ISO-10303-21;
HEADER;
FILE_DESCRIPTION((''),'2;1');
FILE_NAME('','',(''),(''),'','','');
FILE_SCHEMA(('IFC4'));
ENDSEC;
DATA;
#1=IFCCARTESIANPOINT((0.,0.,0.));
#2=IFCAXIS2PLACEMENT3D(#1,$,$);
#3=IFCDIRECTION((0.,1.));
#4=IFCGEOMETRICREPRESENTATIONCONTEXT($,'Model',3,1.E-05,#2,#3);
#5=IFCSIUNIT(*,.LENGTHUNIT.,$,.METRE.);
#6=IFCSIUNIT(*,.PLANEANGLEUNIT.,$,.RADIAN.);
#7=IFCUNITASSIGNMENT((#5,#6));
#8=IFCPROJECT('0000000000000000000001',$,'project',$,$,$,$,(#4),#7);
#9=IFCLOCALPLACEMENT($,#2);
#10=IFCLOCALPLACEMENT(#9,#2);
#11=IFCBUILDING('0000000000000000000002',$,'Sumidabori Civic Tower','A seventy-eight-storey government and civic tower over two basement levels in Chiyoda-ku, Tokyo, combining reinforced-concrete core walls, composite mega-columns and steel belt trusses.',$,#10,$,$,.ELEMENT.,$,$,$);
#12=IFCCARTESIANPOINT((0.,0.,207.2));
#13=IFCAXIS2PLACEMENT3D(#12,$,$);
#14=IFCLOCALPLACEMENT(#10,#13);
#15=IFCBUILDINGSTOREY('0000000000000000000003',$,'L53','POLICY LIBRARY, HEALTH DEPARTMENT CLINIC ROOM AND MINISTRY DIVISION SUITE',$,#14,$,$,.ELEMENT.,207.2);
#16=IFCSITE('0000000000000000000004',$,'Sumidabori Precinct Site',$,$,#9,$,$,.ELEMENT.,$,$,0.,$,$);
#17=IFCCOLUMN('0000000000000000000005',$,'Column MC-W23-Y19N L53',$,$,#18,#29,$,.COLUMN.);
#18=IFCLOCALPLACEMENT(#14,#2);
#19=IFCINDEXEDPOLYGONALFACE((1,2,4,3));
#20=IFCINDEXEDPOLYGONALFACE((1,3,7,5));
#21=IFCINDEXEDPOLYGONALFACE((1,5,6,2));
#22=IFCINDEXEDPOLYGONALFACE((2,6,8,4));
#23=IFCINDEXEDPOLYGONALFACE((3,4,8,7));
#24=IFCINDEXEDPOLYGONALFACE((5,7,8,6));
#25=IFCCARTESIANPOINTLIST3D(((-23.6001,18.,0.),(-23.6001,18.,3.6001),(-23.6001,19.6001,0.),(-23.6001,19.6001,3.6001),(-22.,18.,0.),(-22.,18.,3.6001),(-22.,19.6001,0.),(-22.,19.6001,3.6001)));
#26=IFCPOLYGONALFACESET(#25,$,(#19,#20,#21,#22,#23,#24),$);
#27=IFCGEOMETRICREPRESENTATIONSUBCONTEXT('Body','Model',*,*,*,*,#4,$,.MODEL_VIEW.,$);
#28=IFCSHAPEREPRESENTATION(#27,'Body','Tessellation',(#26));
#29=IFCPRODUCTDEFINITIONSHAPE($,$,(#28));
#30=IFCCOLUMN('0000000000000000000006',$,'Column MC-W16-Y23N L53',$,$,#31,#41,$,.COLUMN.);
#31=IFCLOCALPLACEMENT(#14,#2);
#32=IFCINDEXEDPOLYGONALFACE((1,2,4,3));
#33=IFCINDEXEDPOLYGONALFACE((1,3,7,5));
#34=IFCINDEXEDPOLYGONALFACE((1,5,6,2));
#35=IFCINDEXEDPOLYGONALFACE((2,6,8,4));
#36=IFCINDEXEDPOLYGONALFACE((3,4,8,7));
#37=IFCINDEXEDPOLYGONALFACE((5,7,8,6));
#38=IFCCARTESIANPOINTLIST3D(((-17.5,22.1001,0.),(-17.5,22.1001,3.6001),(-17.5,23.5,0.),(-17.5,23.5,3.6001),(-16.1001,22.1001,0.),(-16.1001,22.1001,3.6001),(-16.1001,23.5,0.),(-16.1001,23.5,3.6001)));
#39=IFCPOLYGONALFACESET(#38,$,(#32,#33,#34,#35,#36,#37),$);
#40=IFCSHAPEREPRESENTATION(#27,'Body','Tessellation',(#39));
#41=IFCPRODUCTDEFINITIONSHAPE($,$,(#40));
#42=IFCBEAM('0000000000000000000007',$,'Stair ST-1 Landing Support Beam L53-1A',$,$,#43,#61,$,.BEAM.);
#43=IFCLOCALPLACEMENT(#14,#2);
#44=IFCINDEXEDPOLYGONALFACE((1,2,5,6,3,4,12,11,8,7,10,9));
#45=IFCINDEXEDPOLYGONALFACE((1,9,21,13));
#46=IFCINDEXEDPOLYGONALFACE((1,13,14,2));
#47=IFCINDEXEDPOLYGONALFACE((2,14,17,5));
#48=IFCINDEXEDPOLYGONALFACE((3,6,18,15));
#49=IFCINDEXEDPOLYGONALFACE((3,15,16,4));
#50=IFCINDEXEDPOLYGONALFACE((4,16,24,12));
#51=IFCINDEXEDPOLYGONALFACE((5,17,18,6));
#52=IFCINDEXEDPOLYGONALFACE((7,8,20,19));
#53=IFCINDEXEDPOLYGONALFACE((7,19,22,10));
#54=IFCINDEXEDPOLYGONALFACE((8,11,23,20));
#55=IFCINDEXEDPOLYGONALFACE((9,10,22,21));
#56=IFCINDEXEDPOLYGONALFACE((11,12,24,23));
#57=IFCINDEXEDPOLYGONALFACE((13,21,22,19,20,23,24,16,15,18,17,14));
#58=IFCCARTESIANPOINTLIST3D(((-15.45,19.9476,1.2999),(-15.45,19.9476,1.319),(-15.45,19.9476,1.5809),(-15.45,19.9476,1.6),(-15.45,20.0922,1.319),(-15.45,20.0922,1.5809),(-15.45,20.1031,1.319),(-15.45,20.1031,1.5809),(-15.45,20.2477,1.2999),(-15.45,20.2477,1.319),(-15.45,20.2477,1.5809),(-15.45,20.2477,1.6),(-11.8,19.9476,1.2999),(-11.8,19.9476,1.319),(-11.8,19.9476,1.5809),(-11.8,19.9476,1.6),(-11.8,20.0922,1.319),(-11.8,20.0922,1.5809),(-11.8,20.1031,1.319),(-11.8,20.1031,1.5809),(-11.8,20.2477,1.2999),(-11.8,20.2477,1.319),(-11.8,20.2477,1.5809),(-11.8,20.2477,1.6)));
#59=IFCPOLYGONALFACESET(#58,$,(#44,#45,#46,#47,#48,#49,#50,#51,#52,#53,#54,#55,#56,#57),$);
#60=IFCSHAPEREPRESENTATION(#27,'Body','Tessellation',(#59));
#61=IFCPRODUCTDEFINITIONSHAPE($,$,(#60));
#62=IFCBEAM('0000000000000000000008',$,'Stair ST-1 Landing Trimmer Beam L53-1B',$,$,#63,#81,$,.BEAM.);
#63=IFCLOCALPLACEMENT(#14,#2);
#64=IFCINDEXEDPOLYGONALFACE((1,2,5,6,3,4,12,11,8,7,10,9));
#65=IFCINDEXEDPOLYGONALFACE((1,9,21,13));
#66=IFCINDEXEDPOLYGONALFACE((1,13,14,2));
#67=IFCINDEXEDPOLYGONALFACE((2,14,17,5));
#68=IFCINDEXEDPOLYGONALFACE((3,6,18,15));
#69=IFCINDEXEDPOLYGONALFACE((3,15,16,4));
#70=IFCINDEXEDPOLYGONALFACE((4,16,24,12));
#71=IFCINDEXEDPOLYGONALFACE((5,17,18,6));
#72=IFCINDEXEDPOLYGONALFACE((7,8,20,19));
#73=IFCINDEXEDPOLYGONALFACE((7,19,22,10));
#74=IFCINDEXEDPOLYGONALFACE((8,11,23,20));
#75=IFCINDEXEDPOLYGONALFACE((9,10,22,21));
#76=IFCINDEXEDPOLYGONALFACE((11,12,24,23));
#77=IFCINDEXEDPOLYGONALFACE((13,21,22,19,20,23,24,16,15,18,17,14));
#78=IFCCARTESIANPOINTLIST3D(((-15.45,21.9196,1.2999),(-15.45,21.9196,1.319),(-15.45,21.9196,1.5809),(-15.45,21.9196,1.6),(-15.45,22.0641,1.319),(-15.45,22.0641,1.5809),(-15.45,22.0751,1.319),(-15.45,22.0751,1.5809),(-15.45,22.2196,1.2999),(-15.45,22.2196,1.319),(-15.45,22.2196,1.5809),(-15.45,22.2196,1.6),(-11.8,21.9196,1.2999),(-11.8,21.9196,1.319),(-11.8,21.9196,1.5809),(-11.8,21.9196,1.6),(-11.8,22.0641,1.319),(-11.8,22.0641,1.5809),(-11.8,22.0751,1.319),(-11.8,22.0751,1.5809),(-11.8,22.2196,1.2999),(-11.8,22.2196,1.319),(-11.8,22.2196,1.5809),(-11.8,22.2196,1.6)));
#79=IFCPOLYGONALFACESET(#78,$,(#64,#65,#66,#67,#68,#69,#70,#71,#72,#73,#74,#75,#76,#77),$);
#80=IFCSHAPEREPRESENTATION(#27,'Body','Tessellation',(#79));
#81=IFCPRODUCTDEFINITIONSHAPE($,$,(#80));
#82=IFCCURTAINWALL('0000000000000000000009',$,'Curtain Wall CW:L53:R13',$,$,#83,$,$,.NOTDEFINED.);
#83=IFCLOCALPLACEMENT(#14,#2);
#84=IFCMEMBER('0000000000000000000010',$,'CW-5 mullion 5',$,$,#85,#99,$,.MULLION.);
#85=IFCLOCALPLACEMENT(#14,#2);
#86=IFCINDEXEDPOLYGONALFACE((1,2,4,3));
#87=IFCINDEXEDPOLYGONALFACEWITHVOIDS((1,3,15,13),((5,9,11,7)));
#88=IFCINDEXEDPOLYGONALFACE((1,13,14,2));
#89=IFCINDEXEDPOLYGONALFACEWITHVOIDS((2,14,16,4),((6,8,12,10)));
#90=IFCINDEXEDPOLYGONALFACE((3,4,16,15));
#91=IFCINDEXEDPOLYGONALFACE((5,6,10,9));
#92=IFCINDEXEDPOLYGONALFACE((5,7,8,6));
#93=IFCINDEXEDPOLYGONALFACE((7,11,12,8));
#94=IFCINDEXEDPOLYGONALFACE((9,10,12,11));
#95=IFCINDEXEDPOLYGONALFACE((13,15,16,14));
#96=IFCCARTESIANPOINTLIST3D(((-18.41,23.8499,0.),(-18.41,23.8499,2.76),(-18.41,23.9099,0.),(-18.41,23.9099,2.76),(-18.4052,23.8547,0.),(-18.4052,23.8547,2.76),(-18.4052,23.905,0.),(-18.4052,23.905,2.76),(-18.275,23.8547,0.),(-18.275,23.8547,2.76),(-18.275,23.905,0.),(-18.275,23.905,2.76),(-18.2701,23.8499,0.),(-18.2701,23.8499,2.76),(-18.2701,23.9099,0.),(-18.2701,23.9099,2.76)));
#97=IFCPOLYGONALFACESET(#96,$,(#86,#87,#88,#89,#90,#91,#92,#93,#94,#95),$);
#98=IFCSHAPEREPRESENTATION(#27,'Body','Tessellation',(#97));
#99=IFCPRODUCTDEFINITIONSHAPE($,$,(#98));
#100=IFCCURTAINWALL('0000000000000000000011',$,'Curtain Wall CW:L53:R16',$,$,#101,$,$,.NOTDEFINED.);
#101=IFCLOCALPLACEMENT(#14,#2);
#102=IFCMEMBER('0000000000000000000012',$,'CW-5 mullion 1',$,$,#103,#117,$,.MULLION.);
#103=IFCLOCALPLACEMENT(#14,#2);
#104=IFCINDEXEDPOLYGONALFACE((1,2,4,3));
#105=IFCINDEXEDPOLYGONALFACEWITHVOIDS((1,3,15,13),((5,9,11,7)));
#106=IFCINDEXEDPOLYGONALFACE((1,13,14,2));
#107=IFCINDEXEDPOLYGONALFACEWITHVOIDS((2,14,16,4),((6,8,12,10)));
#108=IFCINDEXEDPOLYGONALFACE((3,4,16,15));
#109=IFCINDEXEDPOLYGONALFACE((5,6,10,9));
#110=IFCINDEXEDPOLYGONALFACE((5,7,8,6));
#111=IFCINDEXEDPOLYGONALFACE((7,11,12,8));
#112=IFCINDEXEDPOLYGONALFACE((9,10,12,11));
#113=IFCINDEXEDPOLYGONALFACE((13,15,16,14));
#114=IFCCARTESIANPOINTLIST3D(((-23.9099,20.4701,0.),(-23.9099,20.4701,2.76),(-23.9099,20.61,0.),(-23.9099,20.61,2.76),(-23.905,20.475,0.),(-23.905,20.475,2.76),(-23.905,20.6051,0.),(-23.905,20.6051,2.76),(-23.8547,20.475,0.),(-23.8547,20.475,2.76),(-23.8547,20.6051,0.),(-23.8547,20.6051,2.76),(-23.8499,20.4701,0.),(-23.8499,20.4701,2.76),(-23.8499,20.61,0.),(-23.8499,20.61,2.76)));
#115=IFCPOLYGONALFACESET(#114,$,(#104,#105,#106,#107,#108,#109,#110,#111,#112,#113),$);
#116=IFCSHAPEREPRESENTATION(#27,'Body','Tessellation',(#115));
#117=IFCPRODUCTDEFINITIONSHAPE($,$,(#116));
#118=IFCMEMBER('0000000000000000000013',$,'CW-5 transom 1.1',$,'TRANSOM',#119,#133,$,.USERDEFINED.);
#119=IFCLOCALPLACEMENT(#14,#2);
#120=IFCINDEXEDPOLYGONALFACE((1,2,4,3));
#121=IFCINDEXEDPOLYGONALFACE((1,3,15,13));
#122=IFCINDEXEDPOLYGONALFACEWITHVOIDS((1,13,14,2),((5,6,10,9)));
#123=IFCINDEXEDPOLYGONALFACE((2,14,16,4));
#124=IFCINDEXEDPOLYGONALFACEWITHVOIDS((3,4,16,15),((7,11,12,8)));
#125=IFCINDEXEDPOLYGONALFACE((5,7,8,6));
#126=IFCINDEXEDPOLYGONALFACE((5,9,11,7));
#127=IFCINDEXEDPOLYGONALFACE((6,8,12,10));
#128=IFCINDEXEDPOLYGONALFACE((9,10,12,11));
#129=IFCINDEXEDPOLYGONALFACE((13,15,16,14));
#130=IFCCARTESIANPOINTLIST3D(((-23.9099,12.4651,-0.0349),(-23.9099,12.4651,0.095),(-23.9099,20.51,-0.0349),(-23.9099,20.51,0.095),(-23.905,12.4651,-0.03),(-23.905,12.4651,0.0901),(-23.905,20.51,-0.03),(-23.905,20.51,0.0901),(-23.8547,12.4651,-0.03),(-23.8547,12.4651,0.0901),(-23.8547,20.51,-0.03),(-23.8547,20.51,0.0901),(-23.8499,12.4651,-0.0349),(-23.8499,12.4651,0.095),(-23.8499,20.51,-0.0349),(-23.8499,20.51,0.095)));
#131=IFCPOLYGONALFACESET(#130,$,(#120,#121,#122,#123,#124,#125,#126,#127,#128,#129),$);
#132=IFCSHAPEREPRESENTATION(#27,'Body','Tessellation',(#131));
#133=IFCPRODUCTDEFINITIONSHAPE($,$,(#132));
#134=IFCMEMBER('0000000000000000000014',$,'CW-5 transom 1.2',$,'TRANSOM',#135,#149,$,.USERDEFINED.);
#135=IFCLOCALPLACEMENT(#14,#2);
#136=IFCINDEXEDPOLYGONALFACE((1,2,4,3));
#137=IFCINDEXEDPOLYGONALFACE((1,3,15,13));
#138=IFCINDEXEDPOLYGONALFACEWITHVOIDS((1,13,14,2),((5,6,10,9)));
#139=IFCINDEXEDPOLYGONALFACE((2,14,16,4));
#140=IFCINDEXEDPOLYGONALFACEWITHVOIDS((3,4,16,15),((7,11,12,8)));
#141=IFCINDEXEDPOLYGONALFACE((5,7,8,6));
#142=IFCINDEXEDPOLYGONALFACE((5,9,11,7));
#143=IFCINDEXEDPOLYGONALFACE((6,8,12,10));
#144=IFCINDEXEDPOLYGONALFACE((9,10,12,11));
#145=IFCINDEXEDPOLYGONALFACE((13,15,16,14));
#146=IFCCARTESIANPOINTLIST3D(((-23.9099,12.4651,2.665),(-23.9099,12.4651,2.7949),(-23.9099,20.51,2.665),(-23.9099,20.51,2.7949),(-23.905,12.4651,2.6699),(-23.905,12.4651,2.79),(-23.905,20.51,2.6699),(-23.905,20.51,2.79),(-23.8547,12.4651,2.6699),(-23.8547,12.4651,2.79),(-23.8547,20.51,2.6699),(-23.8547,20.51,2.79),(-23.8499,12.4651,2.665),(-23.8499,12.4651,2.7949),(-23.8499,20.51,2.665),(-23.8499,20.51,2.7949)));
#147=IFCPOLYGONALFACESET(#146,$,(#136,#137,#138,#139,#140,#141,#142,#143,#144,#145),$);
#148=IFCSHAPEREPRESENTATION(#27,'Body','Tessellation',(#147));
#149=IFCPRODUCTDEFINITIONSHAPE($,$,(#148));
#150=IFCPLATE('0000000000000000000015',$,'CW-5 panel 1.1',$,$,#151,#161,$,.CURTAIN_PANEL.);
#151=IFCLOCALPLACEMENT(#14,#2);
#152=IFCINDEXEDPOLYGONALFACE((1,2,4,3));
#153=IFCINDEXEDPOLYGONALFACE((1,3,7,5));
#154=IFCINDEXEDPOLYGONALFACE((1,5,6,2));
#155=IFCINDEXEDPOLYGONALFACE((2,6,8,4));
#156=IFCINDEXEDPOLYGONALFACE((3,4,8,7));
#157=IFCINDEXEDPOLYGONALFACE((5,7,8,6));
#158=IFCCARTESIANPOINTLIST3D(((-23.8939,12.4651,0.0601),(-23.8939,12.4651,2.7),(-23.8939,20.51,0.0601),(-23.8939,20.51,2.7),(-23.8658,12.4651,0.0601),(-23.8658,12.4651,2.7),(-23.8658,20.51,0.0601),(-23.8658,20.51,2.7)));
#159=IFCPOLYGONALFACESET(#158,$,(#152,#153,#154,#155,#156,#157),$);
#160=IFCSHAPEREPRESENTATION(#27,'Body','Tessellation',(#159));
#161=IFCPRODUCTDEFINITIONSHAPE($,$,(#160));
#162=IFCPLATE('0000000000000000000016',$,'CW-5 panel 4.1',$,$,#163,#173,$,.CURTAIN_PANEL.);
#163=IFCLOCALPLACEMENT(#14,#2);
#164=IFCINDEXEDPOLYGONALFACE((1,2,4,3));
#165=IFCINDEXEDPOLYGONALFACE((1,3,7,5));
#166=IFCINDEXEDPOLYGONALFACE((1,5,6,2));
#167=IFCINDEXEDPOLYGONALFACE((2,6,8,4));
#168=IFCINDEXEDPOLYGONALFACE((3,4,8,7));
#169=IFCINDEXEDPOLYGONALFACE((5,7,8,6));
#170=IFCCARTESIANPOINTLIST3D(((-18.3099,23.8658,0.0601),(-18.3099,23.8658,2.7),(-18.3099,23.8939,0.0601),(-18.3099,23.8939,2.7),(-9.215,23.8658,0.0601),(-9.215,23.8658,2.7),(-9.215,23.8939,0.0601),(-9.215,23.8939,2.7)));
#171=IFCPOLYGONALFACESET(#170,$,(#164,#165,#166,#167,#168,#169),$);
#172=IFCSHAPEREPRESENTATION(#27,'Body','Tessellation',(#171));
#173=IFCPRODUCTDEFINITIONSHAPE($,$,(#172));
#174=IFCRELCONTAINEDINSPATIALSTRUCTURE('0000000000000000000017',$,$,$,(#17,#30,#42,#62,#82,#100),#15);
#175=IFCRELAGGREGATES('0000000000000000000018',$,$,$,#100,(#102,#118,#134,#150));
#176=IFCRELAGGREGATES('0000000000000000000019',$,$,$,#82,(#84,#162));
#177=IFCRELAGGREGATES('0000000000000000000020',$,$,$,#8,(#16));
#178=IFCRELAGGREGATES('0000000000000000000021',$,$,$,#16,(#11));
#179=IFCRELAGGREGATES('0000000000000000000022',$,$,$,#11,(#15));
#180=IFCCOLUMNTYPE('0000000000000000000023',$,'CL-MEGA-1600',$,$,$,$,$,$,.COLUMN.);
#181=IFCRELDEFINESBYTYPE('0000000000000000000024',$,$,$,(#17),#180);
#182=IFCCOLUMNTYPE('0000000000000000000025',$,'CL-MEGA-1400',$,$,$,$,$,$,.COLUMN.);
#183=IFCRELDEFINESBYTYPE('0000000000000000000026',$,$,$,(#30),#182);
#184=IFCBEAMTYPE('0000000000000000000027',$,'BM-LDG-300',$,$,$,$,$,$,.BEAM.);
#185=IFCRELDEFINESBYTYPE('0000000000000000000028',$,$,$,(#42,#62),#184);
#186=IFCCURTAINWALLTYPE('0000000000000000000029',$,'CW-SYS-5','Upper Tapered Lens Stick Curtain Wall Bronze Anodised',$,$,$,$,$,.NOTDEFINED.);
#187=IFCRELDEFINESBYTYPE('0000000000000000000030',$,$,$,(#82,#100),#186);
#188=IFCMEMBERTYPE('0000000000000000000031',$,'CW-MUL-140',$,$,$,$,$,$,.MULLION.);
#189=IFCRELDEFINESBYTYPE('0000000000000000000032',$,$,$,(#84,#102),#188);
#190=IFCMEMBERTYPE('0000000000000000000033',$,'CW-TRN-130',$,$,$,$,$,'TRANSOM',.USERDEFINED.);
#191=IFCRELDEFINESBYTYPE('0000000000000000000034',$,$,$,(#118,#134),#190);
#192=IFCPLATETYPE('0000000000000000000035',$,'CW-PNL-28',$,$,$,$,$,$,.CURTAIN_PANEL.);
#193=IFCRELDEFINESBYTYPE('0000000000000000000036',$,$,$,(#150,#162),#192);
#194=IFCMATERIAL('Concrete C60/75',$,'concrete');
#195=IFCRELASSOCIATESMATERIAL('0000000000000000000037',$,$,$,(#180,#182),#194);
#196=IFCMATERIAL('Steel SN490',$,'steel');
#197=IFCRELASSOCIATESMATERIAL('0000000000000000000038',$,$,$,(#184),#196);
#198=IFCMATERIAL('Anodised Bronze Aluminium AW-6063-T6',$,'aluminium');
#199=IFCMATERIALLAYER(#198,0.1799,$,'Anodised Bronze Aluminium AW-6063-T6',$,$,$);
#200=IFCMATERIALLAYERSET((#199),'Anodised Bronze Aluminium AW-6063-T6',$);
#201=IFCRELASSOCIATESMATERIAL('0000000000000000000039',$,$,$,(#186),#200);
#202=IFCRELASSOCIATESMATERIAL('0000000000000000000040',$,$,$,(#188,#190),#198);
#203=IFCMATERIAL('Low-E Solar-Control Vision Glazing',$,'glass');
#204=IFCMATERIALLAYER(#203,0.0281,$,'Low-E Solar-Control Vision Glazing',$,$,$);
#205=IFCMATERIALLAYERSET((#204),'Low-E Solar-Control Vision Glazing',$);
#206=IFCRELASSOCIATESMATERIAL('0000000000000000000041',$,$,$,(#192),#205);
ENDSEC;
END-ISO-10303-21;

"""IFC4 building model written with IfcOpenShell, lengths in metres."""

from ifc_helpers import new_model, si_unit, direction, frame, origin, origin_2d, place, context, subcontext, project, spatial, rectangle, hollow_rectangle, i_section, extrude, source, transform, mapped, material, layer, layer_set, material_profile, profile_set, type_object, element, aggregate, save


model = new_model("IFC4")

# Units and contexts
model_context = context("Model", 3, precision=1e-05, world=origin(), true_north=direction((0.0, 1.0)))
body_context = subcontext(model_context, "Body", "Model", "MODEL_VIEW")
ifc_project = project(units=[si_unit("LENGTHUNIT", "METRE"), si_unit("PLANEANGLEUNIT", "RADIAN")], contexts=[model_context])

# Site, building, storey
site_placement = place(None, origin())
site = spatial("IfcSite", under=ifc_project, at=site_placement, Name="Sumidabori Precinct Site", CompositionType="ELEMENT", RefElevation=0.0)
building_placement = place(site_placement, origin())
building = spatial("IfcBuilding", under=site, at=building_placement, Name="Sumidabori Civic Tower", Description="A seventy-eight-storey government and civic tower over two basement levels in Chiyoda-ku, Tokyo, combining reinforced-concrete core walls, composite mega-columns and steel belt trusses.", CompositionType="ELEMENT")
storey_placement = place(building_placement, frame((0.0, 0.0, 207.2)))
storey = spatial("IfcBuildingStorey", under=building, at=storey_placement, Name="L53", Description="POLICY LIBRARY, HEALTH DEPARTMENT CLINIC ROOM AND MINISTRY DIVISION SUITE", CompositionType="ELEMENT", Elevation=207.2)

# Columns
ifc_material_1 = material(Name="Concrete C60/75", Category="concrete")
ifc_material_profile_1 = material_profile(ifc_material_1, rectangle(XDim=1.6001, YDim=1.6001, at=origin_2d()), Name="RC 1600x1600")
ifc_profile_set_1 = profile_set([ifc_material_profile_1], Name="Concrete C60/75")
column_type_1 = type_object("IfcColumnType", Name="CL-MEGA-1600", PredefinedType="COLUMN", material=ifc_profile_set_1)
shared_shape_1 = source(origin(), body_context, "Body", "SweptSolid", [
    extrude(rectangle(XDim=1.6001, YDim=1.6001, at=origin_2d()), origin(), (0.0, 0.0, 1.0), 3.6001),
])
column_1_placement = place(storey_placement, frame((-22.8, 18.8, 0.0), z_axis=(0.0, 0.0, 1.0), x_axis=(1.0, 0.0, 0.0)))
element("IfcColumn", 1, at=column_1_placement, inside=storey, type_object=column_type_1, Name="Column MC-W23-Y19N L53", PredefinedType="COLUMN", context=body_context, shape_type="MappedRepresentation", body=[
    mapped(shared_shape_1, transform((0.0, 0.0, 0.0), x_axis=(1.0, 0.0, 0.0), y_axis=(0.0, 1.0, 0.0), z_axis=(0.0, 0.0, 1.0), scale=1.0)),
])
ifc_material_profile_2 = material_profile(ifc_material_1, rectangle(XDim=1.3999, YDim=1.3999, at=origin_2d()), Name="RC 1400x1400")
ifc_profile_set_2 = profile_set([ifc_material_profile_2], Name="Concrete C60/75")
column_type_2 = type_object("IfcColumnType", Name="CL-MEGA-1400", PredefinedType="COLUMN", material=ifc_profile_set_2)
shared_shape_2 = source(origin(), body_context, "Body", "SweptSolid", [
    extrude(rectangle(XDim=1.3999, YDim=1.3999, at=origin_2d()), origin(), (0.0, 0.0, 1.0), 3.6001),
])
column_2_placement = place(storey_placement, frame((-16.8, 22.8, 0.0), z_axis=(0.0, 0.0, 1.0), x_axis=(1.0, 0.0, 0.0)))
element("IfcColumn", 2, at=column_2_placement, inside=storey, type_object=column_type_2, Name="Column MC-W16-Y23N L53", PredefinedType="COLUMN", context=body_context, shape_type="MappedRepresentation", body=[
    mapped(shared_shape_2, transform((0.0, 0.0, 0.0), x_axis=(1.0, 0.0, 0.0), y_axis=(0.0, 1.0, 0.0), z_axis=(0.0, 0.0, 1.0), scale=1.0)),
])

# Beams
ifc_material_2 = material(Name="Steel SN490", Category="steel")
ifc_material_profile_3 = material_profile(ifc_material_2, i_section(OverallWidth=0.3, OverallDepth=0.3, WebThickness=0.011, FlangeThickness=0.019, at=origin_2d()), Name="HE 300 B")
ifc_profile_set_3 = profile_set([ifc_material_profile_3], Name="Steel SN490")
beam_type = type_object("IfcBeamType", Name="BM-LDG-300", PredefinedType="BEAM", material=ifc_profile_set_3)
shared_shape_3 = source(origin(), body_context, "Body", "SweptSolid", [
    extrude(i_section(OverallWidth=0.3, OverallDepth=0.3, WebThickness=0.011, FlangeThickness=0.019, at=origin_2d()), origin(), (0.0, 0.0, 1.0), 3.6499),
])
for number, where, z_axis, x_axis, name in (
    (3, (-15.45, 20.0977, 1.45), (1.0, 0.0, 0.0), (0.0, 1.0, 0.0), "Stair ST-1 Landing Support Beam L53-1A"),
    (4, (-15.45, 22.0696, 1.45), (1.0, 0.0, 0.0), (0.0, 1.0, 0.0), "Stair ST-1 Landing Trimmer Beam L53-1B"),
):
    element("IfcBeam", number, at=place(storey_placement, frame(where, z_axis=z_axis, x_axis=x_axis)), inside=storey, type_object=beam_type, Name=name, PredefinedType="BEAM", context=body_context, shape_type="MappedRepresentation", body=[
        mapped(shared_shape_3, transform((0.0, 0.0, 0.0), x_axis=(1.0, 0.0, 0.0), y_axis=(0.0, 1.0, 0.0), z_axis=(0.0, 0.0, 1.0), scale=1.0)),
    ])

# Curtain wall, member
ifc_material_3 = material(Name="Anodised Bronze Aluminium AW-6063-T6", Category="aluminium")
ifc_layer_1 = layer(ifc_material_3, 0.1799, Name="Anodised Bronze Aluminium AW-6063-T6")
ifc_layer_set_1 = layer_set([ifc_layer_1], Name="Anodised Bronze Aluminium AW-6063-T6")
curtain_wall_type = type_object("IfcCurtainWallType", Name="CW-SYS-5", Description="Upper Tapered Lens Stick Curtain Wall Bronze Anodised", PredefinedType="NOTDEFINED", material=ifc_layer_set_1)
curtain_wall_1_placement = place(storey_placement, origin())
curtain_wall_1 = element("IfcCurtainWall", 5, at=curtain_wall_1_placement, inside=storey, type_object=curtain_wall_type, Name="Curtain Wall CW:L53:R13", PredefinedType="NOTDEFINED")
ifc_material_profile_4 = material_profile(ifc_material_3, hollow_rectangle(XDim=0.0601, YDim=0.1399, WallThickness=0.0049, at=origin_2d()), Name="ALU MULLION 140x60")
ifc_profile_set_4 = profile_set([ifc_material_profile_4], Name="Anodised Bronze Aluminium AW-6063-T6")
member_type_1 = type_object("IfcMemberType", Name="CW-MUL-140", PredefinedType="MULLION", material=ifc_profile_set_4)
shared_shape_4 = source(origin(), body_context, "Body", "SweptSolid", [
    extrude(hollow_rectangle(XDim=0.0601, YDim=0.1399, WallThickness=0.0049, at=origin_2d()), origin(), (0.0, 0.0, 1.0), 2.76),
])
member_1_placement = place(storey_placement, frame((-18.3401, 23.8799, 0.0), z_axis=(0.0, 0.0, 1.0), x_axis=(0.0, -1.0, 0.0)))
member_1 = element("IfcMember", 6, at=member_1_placement, type_object=member_type_1, Name="CW-5 mullion 5", PredefinedType="MULLION", context=body_context, shape_type="MappedRepresentation", body=[
    mapped(shared_shape_4, transform((0.0, 0.0, 0.0), x_axis=(1.0, 0.0, 0.0), y_axis=(0.0, 1.0, 0.0), z_axis=(0.0, 0.0, 1.0), scale=1.0)),
])

# Curtain wall, members, plate
curtain_wall_2_placement = place(storey_placement, origin())
curtain_wall_2 = element("IfcCurtainWall", 7, at=curtain_wall_2_placement, inside=storey, type_object=curtain_wall_type, Name="Curtain Wall CW:L53:R16", PredefinedType="NOTDEFINED")
member_2_placement = place(storey_placement, frame((-23.8799, 20.54, 0.0), z_axis=(0.0, 0.0, 1.0), x_axis=(1.0, 0.0, 0.0)))
member_2 = element("IfcMember", 8, at=member_2_placement, type_object=member_type_1, Name="CW-5 mullion 1", PredefinedType="MULLION", context=body_context, shape_type="MappedRepresentation", body=[
    mapped(shared_shape_4, transform((0.0, 0.0, 0.0), x_axis=(1.0, 0.0, 0.0), y_axis=(0.0, 1.0, 0.0), z_axis=(0.0, 0.0, 1.0), scale=1.0)),
])
ifc_material_profile_5 = material_profile(ifc_material_3, hollow_rectangle(XDim=0.0601, YDim=0.1299, WallThickness=0.0049, at=origin_2d()), Name="ALU TRANSOM 130x60")
ifc_profile_set_5 = profile_set([ifc_material_profile_5], Name="Anodised Bronze Aluminium AW-6063-T6")
member_type_2 = type_object("IfcMemberType", Name="CW-TRN-130", ElementType="TRANSOM", PredefinedType="USERDEFINED", material=ifc_profile_set_5)
shared_shape_5 = source(origin(), body_context, "Body", "SweptSolid", [
    extrude(hollow_rectangle(XDim=0.0601, YDim=0.1299, WallThickness=0.0049, at=origin_2d()), origin(), (0.0, 0.0, 1.0), 8.0449),
])
member_3_placement = place(storey_placement, frame((-23.8799, 20.51, 0.03), z_axis=(0.0, -1.0, 0.0), x_axis=(1.0, 0.0, 0.0)))
member_3 = element("IfcMember", 9, at=member_3_placement, type_object=member_type_2, Name="CW-5 transom 1.1", ObjectType="TRANSOM", PredefinedType="USERDEFINED", context=body_context, shape_type="MappedRepresentation", body=[
    mapped(shared_shape_5, transform((0.0, 0.0, 0.0), x_axis=(1.0, 0.0, 0.0), y_axis=(0.0, 1.0, 0.0), z_axis=(0.0, 0.0, 1.0), scale=1.0)),
])
member_4_placement = place(storey_placement, frame((-23.8799, 20.51, 2.73), z_axis=(0.0, -1.0, 0.0), x_axis=(1.0, 0.0, 0.0)))
member_4 = element("IfcMember", 10, at=member_4_placement, type_object=member_type_2, Name="CW-5 transom 1.2", ObjectType="TRANSOM", PredefinedType="USERDEFINED", context=body_context, shape_type="MappedRepresentation", body=[
    mapped(shared_shape_5, transform((0.0, 0.0, 0.0), x_axis=(1.0, 0.0, 0.0), y_axis=(0.0, 1.0, 0.0), z_axis=(0.0, 0.0, 1.0), scale=1.0)),
])
ifc_material_4 = material(Name="Low-E Solar-Control Vision Glazing", Category="glass")
ifc_layer_2 = layer(ifc_material_4, 0.0281, Name="Low-E Solar-Control Vision Glazing")
ifc_layer_set_2 = layer_set([ifc_layer_2], Name="Low-E Solar-Control Vision Glazing")
plate_type = type_object("IfcPlateType", Name="CW-PNL-28", PredefinedType="CURTAIN_PANEL", material=ifc_layer_set_2)
shared_shape_6 = source(origin(), body_context, "Body", "SweptSolid", [
    extrude(rectangle(XDim=8.0449, YDim=0.0281, at=origin_2d()), origin(), (0.0, 0.0, 1.0), 2.6399),
])
plate_1_placement = place(storey_placement, frame((-23.8799, 16.4875, 0.0601), z_axis=(0.0, 0.0, 1.0), x_axis=(0.0, -1.0, 0.0)))
plate_1 = element("IfcPlate", 11, at=plate_1_placement, type_object=plate_type, Name="CW-5 panel 1.1", PredefinedType="CURTAIN_PANEL", context=body_context, shape_type="MappedRepresentation", body=[
    mapped(shared_shape_6, transform((0.0, 0.0, 0.0), x_axis=(1.0, 0.0, 0.0), y_axis=(0.0, 1.0, 0.0), z_axis=(0.0, 0.0, 1.0), scale=1.0)),
])
aggregate(curtain_wall_2, [member_2, member_3, member_4, plate_1])

# Plate
shared_shape_7 = source(origin(), body_context, "Body", "SweptSolid", [
    extrude(rectangle(XDim=9.095, YDim=0.0281, at=origin_2d()), origin(), (0.0, 0.0, 1.0), 2.6399),
])
plate_2_placement = place(storey_placement, frame((-13.7625, 23.8799, 0.0601), z_axis=(0.0, 0.0, 1.0), x_axis=(-1.0, 0.0, 0.0)))
plate_2 = element("IfcPlate", 12, at=plate_2_placement, type_object=plate_type, Name="CW-5 panel 4.1", PredefinedType="CURTAIN_PANEL", context=body_context, shape_type="MappedRepresentation", body=[
    mapped(shared_shape_7, transform((0.0, 0.0, 0.0), x_axis=(1.0, 0.0, 0.0), y_axis=(0.0, 1.0, 0.0), z_axis=(0.0, 0.0, 1.0), scale=1.0)),
])
aggregate(curtain_wall_1, [member_1, plate_2])

save(model, "model.ifc")
